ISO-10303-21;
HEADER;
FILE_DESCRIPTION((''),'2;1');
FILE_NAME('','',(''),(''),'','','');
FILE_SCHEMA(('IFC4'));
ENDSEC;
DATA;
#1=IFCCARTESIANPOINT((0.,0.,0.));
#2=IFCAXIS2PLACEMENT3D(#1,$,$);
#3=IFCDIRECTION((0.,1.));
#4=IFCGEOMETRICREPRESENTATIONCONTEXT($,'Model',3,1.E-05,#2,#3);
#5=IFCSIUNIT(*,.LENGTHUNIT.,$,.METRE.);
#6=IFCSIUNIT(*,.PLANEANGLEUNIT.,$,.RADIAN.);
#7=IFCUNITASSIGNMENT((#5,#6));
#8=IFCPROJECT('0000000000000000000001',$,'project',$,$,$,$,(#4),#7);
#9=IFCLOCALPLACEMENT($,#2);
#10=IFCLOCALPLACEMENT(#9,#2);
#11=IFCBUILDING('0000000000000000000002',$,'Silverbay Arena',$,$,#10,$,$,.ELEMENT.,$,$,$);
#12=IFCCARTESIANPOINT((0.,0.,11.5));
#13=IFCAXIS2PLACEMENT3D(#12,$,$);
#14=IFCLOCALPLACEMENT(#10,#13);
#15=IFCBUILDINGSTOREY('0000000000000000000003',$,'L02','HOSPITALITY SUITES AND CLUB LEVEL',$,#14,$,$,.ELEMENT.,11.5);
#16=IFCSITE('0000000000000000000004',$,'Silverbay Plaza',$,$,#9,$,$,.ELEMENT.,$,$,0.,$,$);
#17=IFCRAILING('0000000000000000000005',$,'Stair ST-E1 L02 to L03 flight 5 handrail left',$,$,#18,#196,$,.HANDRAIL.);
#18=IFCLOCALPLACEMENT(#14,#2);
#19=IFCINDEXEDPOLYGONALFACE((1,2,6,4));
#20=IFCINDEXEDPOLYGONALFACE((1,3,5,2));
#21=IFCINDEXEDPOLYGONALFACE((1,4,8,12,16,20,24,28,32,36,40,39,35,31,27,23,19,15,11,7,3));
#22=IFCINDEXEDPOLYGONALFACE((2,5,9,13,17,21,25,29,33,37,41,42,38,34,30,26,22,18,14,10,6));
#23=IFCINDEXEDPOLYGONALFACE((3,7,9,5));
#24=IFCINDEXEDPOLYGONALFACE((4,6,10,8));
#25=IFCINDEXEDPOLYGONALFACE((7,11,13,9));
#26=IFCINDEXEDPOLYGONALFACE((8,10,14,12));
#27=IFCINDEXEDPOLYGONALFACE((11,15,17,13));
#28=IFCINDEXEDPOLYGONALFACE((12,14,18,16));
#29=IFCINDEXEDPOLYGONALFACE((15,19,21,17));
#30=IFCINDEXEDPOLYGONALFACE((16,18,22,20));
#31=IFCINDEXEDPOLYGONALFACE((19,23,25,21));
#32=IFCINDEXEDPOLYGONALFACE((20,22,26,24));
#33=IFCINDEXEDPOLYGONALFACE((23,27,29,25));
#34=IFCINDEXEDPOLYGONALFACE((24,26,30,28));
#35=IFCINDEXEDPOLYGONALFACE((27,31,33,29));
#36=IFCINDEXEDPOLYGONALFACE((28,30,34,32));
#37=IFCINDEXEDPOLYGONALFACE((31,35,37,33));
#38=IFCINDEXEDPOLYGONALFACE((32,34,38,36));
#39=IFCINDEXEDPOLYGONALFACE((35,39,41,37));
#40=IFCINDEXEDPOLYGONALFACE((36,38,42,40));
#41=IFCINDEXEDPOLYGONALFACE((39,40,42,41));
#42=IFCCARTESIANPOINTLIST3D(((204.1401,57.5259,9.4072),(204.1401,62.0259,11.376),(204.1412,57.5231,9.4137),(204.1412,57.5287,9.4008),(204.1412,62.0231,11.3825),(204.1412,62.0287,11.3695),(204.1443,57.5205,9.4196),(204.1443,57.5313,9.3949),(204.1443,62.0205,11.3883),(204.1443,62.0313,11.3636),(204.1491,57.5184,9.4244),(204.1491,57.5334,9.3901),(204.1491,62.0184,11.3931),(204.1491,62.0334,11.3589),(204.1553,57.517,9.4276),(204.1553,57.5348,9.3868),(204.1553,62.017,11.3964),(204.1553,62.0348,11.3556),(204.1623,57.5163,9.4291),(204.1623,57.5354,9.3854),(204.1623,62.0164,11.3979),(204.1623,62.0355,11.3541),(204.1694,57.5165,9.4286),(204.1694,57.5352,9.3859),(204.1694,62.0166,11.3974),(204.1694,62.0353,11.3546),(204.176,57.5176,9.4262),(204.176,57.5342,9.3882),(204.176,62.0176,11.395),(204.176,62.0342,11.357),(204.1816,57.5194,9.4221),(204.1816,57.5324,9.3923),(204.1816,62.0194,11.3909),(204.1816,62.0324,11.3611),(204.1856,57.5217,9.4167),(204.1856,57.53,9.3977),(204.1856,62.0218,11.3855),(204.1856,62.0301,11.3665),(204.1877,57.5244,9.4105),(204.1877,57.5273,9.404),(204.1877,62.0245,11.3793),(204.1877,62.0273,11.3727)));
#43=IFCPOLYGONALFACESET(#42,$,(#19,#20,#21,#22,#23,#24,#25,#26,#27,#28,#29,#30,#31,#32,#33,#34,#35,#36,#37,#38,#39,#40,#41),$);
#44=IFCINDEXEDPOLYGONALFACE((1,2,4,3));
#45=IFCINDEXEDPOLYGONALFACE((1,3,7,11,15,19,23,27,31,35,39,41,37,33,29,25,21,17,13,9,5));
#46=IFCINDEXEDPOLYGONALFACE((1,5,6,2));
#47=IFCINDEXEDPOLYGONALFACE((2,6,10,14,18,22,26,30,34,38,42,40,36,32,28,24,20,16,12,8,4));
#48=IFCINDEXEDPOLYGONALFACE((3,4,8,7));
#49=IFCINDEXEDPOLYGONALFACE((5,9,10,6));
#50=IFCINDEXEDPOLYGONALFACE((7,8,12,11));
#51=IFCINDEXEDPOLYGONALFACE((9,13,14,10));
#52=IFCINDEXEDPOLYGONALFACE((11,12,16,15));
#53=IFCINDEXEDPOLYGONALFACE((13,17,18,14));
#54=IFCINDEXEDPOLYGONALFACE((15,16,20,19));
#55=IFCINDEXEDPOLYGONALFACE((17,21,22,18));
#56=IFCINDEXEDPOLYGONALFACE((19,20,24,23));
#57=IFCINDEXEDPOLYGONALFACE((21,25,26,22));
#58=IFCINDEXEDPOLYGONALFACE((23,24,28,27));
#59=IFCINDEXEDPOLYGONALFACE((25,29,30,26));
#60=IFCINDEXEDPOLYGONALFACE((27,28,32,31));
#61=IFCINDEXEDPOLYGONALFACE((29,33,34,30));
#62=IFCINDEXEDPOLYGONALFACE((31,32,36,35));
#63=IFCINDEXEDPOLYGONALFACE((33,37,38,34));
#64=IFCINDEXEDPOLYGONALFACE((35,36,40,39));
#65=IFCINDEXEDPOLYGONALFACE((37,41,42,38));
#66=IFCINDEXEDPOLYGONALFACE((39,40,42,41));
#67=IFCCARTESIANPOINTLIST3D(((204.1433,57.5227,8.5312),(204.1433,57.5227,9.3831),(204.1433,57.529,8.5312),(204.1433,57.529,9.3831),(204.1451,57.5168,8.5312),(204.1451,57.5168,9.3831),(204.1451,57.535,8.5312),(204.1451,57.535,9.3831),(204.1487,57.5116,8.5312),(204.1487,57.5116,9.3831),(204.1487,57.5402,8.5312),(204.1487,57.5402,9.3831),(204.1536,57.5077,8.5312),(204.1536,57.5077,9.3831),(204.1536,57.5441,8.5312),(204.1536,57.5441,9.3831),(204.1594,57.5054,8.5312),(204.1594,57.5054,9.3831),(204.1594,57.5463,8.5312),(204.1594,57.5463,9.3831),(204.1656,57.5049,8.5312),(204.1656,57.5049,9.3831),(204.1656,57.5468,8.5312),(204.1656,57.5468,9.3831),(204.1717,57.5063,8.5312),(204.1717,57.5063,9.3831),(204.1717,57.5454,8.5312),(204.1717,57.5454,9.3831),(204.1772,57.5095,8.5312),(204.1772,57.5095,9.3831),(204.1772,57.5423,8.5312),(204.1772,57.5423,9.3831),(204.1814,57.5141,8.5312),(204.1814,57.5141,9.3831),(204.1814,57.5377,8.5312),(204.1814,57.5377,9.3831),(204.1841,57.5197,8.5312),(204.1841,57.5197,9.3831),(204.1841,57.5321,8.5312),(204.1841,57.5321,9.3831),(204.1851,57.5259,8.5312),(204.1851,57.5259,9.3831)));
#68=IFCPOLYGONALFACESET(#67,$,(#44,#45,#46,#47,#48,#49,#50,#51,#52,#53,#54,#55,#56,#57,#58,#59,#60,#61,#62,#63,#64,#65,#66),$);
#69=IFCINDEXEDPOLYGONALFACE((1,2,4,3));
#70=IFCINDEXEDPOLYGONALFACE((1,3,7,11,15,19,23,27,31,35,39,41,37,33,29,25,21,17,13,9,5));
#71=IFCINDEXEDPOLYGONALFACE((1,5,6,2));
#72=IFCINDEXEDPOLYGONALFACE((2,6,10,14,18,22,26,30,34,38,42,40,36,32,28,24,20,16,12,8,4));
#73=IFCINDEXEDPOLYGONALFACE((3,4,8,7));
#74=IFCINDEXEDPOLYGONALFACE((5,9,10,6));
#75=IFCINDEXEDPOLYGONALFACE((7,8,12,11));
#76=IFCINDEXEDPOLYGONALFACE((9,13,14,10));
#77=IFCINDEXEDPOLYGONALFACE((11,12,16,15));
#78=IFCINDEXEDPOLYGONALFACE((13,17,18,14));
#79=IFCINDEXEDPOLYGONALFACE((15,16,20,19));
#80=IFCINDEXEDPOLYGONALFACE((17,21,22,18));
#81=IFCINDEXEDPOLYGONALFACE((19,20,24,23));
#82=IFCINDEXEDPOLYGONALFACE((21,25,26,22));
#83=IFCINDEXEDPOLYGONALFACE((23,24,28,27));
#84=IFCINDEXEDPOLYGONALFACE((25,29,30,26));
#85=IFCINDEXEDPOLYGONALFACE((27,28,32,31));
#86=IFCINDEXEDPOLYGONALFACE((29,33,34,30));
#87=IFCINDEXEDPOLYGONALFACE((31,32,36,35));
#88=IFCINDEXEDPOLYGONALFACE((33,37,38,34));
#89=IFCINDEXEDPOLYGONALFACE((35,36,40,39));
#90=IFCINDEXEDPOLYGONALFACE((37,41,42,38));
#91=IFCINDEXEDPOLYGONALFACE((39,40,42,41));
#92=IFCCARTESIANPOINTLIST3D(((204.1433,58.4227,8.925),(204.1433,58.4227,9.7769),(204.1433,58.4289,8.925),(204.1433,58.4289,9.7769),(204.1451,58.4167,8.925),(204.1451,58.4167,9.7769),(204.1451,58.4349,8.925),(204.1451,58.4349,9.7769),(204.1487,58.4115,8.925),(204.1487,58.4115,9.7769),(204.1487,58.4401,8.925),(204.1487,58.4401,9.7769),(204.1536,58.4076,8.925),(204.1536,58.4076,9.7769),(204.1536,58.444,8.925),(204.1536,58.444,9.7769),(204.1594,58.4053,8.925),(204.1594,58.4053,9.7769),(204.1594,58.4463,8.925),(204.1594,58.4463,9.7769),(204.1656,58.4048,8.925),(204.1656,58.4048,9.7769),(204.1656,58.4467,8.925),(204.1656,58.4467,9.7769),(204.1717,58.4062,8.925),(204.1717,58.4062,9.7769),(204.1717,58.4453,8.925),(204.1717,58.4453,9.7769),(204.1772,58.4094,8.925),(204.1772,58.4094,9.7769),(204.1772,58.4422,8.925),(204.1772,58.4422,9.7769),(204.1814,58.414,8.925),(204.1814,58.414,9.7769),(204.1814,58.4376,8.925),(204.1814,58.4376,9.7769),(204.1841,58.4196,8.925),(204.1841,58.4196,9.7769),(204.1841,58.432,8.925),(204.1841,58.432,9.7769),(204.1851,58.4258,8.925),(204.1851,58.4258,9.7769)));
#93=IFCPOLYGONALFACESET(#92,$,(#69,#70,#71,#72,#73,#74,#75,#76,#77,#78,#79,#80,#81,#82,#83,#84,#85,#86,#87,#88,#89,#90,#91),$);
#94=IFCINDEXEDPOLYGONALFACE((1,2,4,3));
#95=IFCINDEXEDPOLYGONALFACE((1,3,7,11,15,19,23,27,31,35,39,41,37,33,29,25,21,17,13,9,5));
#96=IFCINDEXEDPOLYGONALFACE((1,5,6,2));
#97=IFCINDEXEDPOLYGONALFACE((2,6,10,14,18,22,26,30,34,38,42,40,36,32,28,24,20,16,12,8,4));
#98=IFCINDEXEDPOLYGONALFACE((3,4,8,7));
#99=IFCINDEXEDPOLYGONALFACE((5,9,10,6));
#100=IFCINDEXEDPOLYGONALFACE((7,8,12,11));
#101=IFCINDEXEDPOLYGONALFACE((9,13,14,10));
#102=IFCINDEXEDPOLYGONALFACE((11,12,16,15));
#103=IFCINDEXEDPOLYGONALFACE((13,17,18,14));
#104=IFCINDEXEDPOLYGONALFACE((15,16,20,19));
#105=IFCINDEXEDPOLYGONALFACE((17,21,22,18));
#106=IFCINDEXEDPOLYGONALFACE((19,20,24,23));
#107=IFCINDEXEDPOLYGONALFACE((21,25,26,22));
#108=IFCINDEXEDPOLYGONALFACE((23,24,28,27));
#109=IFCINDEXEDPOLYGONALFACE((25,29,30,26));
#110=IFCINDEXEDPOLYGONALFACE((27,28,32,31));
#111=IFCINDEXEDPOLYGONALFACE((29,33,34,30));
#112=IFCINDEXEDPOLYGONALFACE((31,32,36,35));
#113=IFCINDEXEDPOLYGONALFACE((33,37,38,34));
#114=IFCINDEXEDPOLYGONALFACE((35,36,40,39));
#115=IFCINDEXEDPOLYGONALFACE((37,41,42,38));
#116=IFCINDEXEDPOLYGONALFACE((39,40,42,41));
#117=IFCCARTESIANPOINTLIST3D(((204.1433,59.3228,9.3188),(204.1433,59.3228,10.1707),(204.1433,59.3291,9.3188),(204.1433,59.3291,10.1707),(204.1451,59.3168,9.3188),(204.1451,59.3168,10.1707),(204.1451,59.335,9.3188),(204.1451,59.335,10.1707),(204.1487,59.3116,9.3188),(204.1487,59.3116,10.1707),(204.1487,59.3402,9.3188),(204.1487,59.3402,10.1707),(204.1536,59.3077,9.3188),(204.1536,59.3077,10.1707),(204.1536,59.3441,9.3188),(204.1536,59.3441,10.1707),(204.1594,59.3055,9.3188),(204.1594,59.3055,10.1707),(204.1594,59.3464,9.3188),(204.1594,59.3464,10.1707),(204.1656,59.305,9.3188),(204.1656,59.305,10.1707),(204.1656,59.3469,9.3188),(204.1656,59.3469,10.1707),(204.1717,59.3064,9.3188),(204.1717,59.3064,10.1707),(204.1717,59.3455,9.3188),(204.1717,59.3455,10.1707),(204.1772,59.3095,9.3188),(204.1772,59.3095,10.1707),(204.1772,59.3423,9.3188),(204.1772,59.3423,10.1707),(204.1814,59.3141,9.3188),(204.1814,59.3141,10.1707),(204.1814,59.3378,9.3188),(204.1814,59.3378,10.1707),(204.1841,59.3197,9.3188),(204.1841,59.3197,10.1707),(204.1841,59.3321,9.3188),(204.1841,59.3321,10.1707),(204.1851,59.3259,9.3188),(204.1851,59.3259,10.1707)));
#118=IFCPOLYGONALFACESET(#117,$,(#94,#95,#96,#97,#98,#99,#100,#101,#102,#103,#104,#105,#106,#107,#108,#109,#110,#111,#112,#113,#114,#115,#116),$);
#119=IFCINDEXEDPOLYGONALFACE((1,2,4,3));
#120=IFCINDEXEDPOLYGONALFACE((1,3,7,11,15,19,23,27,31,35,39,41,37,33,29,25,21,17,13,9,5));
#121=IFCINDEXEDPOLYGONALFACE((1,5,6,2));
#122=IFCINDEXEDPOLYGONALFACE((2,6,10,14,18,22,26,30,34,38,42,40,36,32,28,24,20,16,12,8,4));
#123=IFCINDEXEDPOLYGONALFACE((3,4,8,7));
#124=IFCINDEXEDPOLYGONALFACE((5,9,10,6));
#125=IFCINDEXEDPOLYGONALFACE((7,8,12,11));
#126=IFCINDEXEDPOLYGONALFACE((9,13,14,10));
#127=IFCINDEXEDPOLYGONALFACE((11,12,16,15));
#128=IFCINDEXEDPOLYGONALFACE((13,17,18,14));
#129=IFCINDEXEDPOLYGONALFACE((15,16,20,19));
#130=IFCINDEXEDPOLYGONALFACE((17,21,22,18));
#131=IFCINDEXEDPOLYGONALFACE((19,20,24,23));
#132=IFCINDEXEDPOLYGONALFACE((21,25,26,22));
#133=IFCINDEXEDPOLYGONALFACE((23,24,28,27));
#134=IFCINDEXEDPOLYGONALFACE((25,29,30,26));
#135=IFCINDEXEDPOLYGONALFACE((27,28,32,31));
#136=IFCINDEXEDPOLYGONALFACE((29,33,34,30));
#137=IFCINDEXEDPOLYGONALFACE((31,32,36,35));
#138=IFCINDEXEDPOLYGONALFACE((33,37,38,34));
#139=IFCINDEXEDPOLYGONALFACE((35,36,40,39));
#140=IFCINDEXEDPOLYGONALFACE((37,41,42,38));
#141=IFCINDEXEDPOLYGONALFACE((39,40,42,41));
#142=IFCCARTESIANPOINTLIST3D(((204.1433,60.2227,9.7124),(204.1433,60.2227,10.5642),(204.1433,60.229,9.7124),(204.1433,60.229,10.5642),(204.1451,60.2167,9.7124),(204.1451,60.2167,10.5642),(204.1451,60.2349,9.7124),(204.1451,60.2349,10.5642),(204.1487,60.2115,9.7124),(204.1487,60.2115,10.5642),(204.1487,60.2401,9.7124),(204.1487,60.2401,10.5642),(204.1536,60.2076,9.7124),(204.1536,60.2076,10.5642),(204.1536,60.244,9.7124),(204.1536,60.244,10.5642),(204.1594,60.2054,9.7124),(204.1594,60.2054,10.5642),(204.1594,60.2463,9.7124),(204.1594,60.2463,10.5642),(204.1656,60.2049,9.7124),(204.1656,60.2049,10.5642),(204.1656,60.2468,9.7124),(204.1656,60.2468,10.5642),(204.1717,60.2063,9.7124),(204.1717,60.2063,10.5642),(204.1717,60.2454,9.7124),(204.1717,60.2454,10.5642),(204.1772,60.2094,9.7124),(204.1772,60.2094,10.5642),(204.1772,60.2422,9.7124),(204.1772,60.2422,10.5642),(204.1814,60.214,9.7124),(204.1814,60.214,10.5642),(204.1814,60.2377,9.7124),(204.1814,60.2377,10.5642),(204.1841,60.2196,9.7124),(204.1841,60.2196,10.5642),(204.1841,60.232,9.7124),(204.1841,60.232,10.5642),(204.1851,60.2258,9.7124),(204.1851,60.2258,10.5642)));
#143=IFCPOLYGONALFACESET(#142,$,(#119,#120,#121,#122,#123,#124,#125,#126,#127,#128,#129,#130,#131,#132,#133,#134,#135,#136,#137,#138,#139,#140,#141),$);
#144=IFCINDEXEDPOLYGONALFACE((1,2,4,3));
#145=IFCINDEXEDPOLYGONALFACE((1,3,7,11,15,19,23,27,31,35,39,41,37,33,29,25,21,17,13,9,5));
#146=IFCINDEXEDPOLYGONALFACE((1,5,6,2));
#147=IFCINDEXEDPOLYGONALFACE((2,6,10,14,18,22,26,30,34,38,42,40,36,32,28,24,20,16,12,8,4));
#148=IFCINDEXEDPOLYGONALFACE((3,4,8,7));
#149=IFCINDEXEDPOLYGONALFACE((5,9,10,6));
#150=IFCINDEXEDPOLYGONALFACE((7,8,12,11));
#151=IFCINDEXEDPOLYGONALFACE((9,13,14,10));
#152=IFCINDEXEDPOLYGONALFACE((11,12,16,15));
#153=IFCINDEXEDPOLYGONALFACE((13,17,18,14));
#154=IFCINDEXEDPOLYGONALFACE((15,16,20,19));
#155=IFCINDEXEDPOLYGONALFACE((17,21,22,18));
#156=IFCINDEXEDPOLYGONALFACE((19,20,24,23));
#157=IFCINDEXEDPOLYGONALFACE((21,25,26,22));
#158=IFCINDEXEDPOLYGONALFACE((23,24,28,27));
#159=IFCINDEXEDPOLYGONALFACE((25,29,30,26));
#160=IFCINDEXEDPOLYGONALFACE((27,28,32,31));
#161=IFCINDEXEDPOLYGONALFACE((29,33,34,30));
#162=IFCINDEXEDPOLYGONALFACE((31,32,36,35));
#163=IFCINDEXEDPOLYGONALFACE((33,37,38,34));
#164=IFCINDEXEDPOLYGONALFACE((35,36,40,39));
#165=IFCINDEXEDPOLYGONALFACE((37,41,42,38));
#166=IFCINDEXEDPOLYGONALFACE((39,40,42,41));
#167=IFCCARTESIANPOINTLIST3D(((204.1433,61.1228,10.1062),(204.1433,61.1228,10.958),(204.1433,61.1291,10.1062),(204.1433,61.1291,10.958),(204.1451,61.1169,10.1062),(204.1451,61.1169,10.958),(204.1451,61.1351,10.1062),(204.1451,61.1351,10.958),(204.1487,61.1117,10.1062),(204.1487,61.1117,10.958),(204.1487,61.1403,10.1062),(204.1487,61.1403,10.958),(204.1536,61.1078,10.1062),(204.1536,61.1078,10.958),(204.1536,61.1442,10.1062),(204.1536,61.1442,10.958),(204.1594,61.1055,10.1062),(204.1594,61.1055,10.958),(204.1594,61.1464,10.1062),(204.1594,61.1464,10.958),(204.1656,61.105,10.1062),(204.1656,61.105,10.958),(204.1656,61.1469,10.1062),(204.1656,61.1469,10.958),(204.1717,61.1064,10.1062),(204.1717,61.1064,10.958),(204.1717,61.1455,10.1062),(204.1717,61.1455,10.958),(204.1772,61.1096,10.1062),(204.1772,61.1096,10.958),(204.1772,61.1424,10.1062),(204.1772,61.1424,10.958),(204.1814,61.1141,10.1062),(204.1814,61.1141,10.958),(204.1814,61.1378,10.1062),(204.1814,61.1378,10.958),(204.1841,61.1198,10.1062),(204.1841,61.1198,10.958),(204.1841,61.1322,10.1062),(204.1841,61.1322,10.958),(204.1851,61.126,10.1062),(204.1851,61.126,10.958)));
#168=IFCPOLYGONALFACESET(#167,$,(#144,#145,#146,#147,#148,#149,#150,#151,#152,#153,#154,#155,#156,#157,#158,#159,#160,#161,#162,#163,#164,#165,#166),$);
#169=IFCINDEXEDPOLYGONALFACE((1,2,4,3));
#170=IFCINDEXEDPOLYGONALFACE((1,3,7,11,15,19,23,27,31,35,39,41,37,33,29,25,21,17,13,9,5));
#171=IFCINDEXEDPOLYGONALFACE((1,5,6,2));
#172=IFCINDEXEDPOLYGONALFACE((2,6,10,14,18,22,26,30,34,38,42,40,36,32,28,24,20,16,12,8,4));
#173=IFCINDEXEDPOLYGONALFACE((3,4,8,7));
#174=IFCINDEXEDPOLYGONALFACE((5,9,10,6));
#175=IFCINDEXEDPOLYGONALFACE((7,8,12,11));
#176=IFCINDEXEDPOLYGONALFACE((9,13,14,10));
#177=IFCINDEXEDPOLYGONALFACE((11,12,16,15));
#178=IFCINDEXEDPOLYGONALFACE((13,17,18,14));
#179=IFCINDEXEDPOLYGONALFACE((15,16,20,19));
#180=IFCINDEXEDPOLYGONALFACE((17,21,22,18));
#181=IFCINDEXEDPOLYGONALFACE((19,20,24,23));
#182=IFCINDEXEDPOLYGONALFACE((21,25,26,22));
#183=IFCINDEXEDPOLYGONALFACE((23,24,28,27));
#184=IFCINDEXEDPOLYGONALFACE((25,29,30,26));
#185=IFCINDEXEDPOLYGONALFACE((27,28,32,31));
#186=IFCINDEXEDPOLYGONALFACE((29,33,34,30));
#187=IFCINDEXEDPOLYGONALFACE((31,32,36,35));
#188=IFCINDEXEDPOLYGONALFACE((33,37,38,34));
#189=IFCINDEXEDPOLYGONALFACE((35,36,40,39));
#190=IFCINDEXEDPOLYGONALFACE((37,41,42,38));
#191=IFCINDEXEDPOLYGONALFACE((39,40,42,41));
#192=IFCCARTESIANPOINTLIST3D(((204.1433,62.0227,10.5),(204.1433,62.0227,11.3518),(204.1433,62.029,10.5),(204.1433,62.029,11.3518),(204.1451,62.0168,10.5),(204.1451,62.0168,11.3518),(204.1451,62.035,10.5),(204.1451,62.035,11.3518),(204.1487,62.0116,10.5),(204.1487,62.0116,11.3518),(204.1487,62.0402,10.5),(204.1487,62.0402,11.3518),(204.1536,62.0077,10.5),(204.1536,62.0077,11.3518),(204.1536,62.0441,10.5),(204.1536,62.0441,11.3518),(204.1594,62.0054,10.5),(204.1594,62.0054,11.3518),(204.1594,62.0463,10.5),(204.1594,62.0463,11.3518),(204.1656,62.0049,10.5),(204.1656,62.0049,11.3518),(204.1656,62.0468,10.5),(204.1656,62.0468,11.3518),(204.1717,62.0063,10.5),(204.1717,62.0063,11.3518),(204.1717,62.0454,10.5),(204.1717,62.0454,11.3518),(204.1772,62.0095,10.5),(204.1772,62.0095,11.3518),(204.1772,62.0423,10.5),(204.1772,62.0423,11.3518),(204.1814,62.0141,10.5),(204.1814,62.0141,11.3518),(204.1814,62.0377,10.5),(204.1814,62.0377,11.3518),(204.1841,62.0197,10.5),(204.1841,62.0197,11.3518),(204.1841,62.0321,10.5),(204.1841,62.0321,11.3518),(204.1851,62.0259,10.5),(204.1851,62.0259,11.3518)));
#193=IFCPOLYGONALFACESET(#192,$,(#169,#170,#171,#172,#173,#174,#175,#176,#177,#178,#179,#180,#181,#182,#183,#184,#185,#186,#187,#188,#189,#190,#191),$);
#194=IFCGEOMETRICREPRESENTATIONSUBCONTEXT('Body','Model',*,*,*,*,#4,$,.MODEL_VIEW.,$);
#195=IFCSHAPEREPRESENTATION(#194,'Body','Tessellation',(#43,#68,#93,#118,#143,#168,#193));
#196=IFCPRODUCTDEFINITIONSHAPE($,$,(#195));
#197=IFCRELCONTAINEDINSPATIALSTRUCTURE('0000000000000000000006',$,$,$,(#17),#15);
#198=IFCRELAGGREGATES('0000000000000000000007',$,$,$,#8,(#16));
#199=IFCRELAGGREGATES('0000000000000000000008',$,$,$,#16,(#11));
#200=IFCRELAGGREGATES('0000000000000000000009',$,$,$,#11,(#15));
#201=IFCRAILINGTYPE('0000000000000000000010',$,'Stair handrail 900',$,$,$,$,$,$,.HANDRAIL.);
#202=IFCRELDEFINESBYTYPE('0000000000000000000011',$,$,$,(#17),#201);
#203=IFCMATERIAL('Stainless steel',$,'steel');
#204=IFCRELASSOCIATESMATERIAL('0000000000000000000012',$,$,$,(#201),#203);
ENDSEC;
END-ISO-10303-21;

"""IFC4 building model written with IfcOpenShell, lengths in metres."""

from ifc_helpers import new_model, si_unit, direction, frame, origin, origin_2d, place, context, subcontext, project, spatial, circle, extrude, material, type_object, element, save


model = new_model("IFC4")

# Units and contexts
model_context = context("Model", 3, precision=1e-05, world=origin(), true_north=direction((0.0, 1.0)))
body_context = subcontext(model_context, "Body", "Model", "MODEL_VIEW")
ifc_project = project(units=[si_unit("LENGTHUNIT", "METRE"), si_unit("PLANEANGLEUNIT", "RADIAN")], contexts=[model_context])

# Site, building, storey
site_placement = place(None, origin())
site = spatial("IfcSite", under=ifc_project, at=site_placement, Name="Silverbay Plaza", CompositionType="ELEMENT", RefElevation=0.0)
building_placement = place(site_placement, origin())
building = spatial("IfcBuilding", under=site, at=building_placement, Name="Silverbay Arena", CompositionType="ELEMENT")
storey_placement = place(building_placement, frame((0.0, 0.0, 11.5)))
storey = spatial("IfcBuildingStorey", under=building, at=storey_placement, Name="L02", Description="HOSPITALITY SUITES AND CLUB LEVEL", CompositionType="ELEMENT", Elevation=11.5)

# Railing
ifc_material_1 = material(Name="Stainless steel", Category="steel")
railing_type_1 = type_object("IfcRailingType", Name="Stair handrail 900", PredefinedType="HANDRAIL", material=ifc_material_1)
for number, where, name in (
    (1, (204.1641, 57.5259, 8.5312), "Stair ST-E1 L02 to L03 flight 5 handrail left"),
):
    element("IfcRailing", number, at=place(storey_placement, frame(where)), inside=storey, type_object=railing_type_1, Name=name, PredefinedType="HANDRAIL", context=body_context, shape_type="SweptSolid", body=[
        extrude(circle(Radius=0.0239, at=origin_2d()), frame((0.0, 0.0, 0.876), z_axis=(0.0, 0.916157, 0.400819), x_axis=(-1.0, 0.0, 0.0)), (0.0, 0.0, 1.0), 4.9119),
        extrude(circle(Radius=0.021, at=origin_2d()), origin(), (0.0, 0.0, 1.0), 0.8518),
        extrude(circle(Radius=0.021, at=origin_2d()), frame((0.0, 0.8999, 0.3938)), (0.0, 0.0, 1.0), 0.8518),
        extrude(circle(Radius=0.021, at=origin_2d()), frame((0.0, 1.8, 0.7876)), (0.0, 0.0, 1.0), 0.8518),
        extrude(circle(Radius=0.021, at=origin_2d()), frame((0.0, 2.7, 1.1812)), (0.0, 0.0, 1.0), 0.8518),
        extrude(circle(Radius=0.021, at=origin_2d()), frame((0.0, 3.6001, 1.575)), (0.0, 0.0, 1.0), 0.8518),
        extrude(circle(Radius=0.021, at=origin_2d()), frame((0.0, 4.5, 1.9688)), (0.0, 0.0, 1.0), 0.8518),
    ])

save(model, "model.ifc")
